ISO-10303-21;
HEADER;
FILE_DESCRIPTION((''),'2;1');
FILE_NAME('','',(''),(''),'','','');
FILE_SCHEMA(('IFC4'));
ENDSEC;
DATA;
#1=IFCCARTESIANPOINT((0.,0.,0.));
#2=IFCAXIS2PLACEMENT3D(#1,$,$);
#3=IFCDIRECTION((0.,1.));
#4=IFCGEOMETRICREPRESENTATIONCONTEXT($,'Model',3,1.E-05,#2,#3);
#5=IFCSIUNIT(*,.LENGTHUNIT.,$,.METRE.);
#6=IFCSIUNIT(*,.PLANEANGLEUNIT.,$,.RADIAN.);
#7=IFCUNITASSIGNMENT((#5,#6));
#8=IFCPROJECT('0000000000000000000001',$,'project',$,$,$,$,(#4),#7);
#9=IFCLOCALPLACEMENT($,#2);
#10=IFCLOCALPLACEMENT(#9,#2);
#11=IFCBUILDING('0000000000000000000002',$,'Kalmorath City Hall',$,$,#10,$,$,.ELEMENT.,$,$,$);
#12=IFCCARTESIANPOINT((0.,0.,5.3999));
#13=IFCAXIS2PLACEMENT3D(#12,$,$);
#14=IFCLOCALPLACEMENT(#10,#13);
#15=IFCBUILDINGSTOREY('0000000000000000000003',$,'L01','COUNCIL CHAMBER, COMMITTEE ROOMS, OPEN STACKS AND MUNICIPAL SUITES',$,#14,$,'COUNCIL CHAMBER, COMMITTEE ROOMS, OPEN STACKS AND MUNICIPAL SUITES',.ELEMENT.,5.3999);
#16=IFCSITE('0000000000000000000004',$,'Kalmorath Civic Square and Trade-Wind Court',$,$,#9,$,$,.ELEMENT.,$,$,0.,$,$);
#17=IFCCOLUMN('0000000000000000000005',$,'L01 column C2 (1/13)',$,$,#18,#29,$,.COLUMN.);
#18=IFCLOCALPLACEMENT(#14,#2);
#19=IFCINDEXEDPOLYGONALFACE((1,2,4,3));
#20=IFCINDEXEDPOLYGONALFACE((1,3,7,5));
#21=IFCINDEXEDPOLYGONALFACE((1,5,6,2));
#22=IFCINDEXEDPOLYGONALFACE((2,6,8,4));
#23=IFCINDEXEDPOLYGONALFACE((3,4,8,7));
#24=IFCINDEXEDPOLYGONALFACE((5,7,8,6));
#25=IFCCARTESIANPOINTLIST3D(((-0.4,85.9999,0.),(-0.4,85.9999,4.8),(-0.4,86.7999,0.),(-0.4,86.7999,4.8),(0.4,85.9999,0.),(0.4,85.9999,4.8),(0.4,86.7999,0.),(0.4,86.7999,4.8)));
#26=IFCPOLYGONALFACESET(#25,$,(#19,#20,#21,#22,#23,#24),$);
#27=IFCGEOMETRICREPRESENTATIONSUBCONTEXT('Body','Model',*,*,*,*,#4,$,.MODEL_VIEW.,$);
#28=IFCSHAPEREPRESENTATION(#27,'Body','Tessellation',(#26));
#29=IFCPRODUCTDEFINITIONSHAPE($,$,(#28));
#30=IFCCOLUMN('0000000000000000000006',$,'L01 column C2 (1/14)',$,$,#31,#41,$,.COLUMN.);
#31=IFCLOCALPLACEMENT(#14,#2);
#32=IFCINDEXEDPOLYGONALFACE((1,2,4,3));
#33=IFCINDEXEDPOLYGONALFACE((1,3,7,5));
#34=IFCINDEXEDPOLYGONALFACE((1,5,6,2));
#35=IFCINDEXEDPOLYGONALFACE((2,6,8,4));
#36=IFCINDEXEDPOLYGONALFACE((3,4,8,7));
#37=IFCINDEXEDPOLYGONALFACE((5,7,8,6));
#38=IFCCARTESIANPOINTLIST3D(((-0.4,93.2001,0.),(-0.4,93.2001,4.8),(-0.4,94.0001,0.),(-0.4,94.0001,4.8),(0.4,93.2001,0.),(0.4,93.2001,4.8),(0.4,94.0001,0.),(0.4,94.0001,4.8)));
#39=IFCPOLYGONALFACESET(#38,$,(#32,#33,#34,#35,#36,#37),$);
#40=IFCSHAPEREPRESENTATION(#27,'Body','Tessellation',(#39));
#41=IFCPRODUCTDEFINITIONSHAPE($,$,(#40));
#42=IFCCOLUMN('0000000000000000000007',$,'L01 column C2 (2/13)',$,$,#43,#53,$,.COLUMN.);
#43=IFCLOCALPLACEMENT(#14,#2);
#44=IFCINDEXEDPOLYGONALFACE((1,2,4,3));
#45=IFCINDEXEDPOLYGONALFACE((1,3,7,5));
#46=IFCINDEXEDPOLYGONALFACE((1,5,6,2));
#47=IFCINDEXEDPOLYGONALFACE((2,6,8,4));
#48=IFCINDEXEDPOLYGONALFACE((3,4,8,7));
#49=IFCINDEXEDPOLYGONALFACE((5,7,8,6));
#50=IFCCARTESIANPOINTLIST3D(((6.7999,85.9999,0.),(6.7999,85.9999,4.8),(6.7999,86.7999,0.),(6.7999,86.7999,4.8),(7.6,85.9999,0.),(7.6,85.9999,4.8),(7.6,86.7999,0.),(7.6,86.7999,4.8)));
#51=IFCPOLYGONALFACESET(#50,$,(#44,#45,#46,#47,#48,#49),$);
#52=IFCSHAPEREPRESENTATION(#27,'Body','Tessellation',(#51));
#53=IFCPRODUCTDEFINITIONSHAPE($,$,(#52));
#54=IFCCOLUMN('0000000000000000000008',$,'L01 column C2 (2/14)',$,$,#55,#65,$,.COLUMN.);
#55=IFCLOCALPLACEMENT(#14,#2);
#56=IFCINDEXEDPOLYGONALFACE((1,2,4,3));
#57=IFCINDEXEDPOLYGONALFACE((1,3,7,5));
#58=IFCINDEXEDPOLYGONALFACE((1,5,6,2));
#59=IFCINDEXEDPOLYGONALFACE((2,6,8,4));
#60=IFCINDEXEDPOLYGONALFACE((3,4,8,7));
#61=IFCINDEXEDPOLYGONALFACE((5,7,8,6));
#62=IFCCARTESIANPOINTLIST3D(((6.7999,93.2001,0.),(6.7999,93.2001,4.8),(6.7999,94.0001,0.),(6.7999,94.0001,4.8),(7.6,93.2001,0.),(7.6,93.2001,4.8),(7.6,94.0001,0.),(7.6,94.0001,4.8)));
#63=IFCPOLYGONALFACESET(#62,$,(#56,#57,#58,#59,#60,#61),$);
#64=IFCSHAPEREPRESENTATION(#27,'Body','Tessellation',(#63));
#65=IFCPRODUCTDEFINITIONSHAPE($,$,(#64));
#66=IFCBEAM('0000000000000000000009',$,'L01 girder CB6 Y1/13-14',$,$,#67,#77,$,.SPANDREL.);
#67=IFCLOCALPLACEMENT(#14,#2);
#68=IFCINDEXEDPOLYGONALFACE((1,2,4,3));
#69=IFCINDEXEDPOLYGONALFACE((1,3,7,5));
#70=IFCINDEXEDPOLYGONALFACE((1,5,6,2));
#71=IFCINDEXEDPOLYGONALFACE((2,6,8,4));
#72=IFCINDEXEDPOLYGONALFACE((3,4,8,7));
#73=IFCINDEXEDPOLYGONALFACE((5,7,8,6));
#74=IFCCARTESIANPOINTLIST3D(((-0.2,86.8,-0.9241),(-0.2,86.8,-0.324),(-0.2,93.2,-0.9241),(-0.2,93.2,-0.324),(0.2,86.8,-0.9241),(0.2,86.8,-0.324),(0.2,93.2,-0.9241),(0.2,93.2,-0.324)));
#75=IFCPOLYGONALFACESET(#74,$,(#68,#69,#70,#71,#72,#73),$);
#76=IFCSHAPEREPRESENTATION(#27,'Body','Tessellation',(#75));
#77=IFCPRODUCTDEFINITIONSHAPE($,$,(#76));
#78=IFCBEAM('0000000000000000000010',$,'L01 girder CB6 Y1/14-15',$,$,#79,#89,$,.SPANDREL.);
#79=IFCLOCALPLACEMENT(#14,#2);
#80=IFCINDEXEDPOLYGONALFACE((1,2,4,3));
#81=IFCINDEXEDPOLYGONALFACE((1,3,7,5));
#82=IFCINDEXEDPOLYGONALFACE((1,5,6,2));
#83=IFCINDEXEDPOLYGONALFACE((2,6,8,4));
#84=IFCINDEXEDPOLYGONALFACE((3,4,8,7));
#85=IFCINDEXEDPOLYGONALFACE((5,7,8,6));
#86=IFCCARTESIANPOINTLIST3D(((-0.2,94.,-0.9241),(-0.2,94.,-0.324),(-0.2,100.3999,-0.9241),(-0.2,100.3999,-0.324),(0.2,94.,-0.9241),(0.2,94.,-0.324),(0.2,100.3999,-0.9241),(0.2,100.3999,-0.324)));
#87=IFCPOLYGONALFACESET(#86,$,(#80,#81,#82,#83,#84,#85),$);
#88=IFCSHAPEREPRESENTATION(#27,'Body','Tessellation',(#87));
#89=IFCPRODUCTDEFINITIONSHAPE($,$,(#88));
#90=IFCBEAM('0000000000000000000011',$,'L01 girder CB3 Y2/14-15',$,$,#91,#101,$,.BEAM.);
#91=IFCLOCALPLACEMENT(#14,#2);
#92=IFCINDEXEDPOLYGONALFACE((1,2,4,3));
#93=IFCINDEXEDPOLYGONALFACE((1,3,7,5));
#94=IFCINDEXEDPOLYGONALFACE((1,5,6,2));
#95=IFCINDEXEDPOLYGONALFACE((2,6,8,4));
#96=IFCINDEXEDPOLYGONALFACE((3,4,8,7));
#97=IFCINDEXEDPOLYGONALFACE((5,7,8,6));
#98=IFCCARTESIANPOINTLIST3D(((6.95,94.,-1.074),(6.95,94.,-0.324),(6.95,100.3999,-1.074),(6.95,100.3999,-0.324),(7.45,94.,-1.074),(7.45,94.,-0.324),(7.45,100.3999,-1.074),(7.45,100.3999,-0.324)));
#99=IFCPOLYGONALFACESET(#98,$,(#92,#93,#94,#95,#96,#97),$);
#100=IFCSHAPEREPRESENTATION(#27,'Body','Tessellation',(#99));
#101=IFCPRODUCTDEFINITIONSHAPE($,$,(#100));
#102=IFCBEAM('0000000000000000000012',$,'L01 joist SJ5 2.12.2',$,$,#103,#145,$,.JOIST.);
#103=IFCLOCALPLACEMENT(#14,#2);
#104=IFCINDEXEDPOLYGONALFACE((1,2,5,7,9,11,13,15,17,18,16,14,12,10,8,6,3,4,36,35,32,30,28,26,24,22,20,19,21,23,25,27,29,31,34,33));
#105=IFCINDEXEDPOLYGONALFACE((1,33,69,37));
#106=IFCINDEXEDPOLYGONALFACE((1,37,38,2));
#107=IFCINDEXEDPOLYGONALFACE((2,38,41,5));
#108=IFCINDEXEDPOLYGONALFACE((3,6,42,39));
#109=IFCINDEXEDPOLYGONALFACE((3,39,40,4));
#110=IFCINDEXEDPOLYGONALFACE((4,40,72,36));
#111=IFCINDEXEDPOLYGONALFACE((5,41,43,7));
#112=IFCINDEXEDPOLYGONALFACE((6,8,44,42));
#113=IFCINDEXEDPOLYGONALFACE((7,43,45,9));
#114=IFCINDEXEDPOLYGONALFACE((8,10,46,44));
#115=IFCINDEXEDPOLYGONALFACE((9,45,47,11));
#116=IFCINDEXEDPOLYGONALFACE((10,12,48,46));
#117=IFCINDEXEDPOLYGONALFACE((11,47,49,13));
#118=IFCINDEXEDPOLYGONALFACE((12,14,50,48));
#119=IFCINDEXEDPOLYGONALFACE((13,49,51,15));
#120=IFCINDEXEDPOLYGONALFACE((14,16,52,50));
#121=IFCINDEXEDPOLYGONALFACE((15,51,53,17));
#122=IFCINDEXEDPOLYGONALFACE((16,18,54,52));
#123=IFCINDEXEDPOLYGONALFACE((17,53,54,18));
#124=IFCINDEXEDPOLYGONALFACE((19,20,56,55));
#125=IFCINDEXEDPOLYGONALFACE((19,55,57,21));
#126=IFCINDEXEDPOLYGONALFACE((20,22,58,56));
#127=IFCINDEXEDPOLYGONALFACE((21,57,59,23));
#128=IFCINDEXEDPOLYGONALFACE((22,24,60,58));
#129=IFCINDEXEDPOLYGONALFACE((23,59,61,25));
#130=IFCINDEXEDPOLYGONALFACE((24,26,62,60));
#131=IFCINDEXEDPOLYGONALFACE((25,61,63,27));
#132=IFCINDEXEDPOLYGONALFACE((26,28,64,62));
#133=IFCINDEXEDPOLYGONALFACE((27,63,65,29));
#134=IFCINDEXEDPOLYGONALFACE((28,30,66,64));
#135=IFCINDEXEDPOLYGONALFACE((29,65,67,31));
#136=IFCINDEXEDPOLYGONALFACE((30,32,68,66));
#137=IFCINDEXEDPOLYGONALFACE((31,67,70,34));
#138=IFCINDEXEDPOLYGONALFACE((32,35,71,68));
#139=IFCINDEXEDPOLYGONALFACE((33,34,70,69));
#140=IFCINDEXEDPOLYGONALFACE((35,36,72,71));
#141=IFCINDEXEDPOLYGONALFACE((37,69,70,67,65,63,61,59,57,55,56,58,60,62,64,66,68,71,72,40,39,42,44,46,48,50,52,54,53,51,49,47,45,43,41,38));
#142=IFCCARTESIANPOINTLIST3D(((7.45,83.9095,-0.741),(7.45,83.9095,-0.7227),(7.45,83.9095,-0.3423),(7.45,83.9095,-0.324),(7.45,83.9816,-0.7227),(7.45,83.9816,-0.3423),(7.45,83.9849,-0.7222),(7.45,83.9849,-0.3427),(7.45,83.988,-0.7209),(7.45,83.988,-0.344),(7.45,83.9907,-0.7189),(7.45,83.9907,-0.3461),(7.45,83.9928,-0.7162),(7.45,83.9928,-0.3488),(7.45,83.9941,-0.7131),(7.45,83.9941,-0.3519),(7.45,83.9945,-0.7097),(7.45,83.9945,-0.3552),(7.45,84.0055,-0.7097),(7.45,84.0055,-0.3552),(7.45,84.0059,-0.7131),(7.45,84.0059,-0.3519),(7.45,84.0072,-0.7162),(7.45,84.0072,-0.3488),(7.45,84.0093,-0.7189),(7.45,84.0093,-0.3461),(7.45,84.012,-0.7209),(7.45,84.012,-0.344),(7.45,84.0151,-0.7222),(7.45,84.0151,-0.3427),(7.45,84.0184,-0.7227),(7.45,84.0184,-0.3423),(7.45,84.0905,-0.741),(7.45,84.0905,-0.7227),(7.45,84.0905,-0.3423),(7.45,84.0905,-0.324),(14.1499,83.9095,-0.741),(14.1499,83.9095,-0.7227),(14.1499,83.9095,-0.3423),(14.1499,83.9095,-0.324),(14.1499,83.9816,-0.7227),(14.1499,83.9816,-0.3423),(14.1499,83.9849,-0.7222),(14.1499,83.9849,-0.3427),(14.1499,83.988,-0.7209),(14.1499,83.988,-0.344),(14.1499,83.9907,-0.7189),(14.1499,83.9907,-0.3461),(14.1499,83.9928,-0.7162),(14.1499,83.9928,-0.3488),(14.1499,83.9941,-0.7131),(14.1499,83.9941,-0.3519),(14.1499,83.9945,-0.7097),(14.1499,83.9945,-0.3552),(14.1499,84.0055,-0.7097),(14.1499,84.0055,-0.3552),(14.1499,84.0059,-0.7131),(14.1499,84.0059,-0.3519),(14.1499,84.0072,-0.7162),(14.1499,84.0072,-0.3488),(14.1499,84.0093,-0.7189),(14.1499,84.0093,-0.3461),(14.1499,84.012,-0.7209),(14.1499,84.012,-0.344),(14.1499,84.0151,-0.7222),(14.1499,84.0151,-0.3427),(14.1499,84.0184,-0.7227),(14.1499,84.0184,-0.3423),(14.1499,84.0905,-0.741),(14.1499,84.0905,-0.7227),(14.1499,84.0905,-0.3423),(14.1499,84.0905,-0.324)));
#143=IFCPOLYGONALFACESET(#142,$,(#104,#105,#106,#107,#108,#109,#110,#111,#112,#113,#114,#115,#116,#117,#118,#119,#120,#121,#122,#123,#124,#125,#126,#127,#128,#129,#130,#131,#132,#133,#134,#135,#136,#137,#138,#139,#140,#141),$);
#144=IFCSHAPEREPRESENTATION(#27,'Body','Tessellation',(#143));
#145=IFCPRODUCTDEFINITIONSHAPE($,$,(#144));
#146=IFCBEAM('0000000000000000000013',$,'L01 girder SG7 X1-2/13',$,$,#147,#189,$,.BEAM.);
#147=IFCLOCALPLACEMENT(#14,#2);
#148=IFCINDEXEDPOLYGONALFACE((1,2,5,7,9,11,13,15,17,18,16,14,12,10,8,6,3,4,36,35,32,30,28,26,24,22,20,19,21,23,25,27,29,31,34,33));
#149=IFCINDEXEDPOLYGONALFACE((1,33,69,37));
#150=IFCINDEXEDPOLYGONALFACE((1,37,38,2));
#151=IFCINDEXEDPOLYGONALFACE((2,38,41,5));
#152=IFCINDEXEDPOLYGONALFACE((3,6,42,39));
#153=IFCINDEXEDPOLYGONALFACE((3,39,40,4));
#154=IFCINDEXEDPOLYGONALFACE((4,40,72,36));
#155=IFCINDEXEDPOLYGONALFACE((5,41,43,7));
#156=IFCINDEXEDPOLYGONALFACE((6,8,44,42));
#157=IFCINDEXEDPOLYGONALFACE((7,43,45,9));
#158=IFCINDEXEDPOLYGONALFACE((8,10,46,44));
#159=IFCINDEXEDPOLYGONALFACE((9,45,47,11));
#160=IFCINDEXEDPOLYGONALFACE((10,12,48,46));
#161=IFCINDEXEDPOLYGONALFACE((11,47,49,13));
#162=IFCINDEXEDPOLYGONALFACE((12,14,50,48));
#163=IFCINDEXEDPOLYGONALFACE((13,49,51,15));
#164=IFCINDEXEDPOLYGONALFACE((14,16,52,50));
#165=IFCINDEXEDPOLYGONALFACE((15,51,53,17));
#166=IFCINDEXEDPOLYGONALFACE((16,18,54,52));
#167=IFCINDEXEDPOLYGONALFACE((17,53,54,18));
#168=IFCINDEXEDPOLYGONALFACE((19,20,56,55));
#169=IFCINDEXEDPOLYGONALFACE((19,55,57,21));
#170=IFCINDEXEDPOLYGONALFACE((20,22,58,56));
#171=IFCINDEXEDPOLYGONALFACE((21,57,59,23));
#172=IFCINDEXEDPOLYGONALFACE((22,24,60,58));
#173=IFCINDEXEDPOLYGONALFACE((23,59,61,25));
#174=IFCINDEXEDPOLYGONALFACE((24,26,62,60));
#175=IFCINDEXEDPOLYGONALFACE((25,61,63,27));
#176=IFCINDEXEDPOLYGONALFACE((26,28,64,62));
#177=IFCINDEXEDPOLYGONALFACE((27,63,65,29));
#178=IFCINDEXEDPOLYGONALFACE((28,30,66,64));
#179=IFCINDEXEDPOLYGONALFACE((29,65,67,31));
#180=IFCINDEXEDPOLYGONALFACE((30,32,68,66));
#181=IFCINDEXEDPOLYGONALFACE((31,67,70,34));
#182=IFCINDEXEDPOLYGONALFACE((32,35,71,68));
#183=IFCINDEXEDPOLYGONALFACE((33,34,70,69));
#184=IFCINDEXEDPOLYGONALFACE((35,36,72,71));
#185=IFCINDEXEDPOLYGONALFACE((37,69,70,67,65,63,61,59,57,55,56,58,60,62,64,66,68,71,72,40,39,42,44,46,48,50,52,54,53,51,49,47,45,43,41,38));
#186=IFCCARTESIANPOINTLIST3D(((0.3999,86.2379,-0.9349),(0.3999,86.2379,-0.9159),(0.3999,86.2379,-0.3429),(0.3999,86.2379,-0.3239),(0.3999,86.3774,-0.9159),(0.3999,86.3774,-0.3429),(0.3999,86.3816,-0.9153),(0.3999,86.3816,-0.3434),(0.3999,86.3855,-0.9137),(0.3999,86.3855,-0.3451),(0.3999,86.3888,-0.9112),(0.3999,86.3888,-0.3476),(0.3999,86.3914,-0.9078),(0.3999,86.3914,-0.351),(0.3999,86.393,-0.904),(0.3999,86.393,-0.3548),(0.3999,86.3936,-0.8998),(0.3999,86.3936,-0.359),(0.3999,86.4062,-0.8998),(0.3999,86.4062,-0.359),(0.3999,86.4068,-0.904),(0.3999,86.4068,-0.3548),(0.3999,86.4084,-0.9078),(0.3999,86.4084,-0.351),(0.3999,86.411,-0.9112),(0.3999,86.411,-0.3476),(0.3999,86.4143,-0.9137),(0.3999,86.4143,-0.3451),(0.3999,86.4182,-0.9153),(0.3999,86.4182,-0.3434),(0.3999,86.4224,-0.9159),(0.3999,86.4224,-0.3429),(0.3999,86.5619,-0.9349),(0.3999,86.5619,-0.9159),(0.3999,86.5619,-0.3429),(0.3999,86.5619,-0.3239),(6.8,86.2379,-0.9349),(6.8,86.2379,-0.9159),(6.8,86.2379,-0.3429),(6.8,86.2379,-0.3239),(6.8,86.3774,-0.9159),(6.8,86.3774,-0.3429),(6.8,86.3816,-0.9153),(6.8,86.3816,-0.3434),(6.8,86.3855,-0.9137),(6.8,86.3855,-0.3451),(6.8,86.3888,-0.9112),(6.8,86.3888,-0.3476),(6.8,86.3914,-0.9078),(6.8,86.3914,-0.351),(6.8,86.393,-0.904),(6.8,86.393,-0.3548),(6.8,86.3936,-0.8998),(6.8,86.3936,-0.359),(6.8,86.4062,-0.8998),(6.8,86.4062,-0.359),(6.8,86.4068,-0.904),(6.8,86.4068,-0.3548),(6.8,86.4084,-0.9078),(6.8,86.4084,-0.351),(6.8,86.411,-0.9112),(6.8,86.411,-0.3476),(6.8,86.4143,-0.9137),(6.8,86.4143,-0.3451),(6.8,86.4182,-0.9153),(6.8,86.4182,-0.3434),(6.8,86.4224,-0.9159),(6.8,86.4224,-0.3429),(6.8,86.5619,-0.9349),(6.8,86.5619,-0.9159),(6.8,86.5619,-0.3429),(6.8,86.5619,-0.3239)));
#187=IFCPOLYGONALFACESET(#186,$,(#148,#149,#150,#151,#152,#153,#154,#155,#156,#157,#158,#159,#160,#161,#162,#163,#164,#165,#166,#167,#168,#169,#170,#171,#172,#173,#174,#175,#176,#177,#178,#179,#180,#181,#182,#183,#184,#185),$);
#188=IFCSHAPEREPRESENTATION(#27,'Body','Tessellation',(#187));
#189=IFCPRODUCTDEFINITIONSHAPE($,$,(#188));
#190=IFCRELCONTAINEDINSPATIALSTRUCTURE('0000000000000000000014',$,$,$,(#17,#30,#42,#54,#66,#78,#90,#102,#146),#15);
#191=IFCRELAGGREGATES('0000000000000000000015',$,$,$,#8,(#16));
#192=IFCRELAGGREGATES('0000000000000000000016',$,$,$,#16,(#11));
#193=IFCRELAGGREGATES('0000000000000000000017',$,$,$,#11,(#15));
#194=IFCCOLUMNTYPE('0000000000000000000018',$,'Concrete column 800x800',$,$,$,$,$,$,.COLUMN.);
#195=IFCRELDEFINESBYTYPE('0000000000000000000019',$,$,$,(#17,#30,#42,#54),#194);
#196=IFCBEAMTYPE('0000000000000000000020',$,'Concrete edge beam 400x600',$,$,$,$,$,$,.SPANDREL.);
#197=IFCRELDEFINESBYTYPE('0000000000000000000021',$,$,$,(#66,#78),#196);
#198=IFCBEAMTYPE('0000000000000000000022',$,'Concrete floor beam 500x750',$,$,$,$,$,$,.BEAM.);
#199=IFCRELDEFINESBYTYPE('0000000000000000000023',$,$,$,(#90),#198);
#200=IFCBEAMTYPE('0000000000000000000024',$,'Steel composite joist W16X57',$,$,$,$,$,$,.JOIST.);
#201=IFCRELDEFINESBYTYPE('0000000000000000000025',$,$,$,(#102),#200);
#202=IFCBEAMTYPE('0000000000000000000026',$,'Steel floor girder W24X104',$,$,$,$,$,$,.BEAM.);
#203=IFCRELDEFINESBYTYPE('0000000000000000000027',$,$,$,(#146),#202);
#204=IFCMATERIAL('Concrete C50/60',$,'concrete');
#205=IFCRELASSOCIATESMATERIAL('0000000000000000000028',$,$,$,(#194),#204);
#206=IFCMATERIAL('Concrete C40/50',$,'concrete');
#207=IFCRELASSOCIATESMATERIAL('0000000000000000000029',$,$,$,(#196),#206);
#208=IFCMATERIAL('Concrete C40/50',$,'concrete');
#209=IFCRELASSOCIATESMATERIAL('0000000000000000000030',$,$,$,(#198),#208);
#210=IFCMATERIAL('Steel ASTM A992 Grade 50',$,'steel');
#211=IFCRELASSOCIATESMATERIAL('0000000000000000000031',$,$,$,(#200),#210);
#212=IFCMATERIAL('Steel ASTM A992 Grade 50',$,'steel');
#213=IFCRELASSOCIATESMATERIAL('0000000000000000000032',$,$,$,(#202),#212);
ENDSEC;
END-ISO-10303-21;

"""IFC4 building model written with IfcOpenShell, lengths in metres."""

from ifc_helpers import new_model, si_unit, direction, frame, origin, origin_2d, place, context, subcontext, project, spatial, rectangle, i_section, extrude, material, material_profile, profile_set, type_object, element, save


model = new_model("IFC4")

# Units and contexts
model_context = context("Model", 3, precision=1e-05, world=origin(), true_north=direction((0.0, 1.0)))
body_context = subcontext(model_context, "Body", "Model", "MODEL_VIEW")
ifc_project = project(units=[si_unit("LENGTHUNIT", "METRE"), si_unit("PLANEANGLEUNIT", "RADIAN")], contexts=[model_context])

# Site, building, storey
site_placement = place(None, origin())
site = spatial("IfcSite", under=ifc_project, at=site_placement, Name="Kalmorath Civic Square and Trade-Wind Court", CompositionType="ELEMENT", RefElevation=0.0)
building_placement = place(site_placement, origin())
building = spatial("IfcBuilding", under=site, at=building_placement, Name="Kalmorath City Hall", CompositionType="ELEMENT")
storey_placement = place(building_placement, frame((0.0, 0.0, 5.3999)))
storey = spatial("IfcBuildingStorey", under=building, at=storey_placement, Name="L01", Description="COUNCIL CHAMBER, COMMITTEE ROOMS, OPEN STACKS AND MUNICIPAL SUITES", LongName="COUNCIL CHAMBER, COMMITTEE ROOMS, OPEN STACKS AND MUNICIPAL SUITES", CompositionType="ELEMENT", Elevation=5.3999)

# Columns
ifc_material_1 = material(Name="Concrete C50/60", Category="concrete")
ifc_material_profile_1 = material_profile(ifc_material_1, rectangle(XDim=0.8, YDim=0.8, at=origin_2d()), Name="RC-COL-800X800")
ifc_profile_set_1 = profile_set([ifc_material_profile_1], Name="Concrete C50/60")
column_type = type_object("IfcColumnType", Name="Concrete column 800x800", PredefinedType="COLUMN", material=ifc_profile_set_1)
for number, where, z_axis, x_axis, name in (
    (1, (0.0, 86.3999, 0.0), (0.0, 0.0, 1.0), (1.0, 0.0, 0.0), "L01 column C2 (1/13)"),
    (2, (0.0, 93.6001, 0.0), (0.0, 0.0, 1.0), (1.0, 0.0, 0.0), "L01 column C2 (1/14)"),
    (3, (7.2, 86.3999, 0.0), (0.0, 0.0, 1.0), (1.0, 0.0, 0.0), "L01 column C2 (2/13)"),
    (4, (7.2, 93.6001, 0.0), (0.0, 0.0, 1.0), (1.0, 0.0, 0.0), "L01 column C2 (2/14)"),
):
    element("IfcColumn", number, at=place(storey_placement, frame(where, z_axis=z_axis, x_axis=x_axis)), inside=storey, type_object=column_type, Name=name, PredefinedType="COLUMN", context=body_context, shape_type="SweptSolid", body=[
        extrude(rectangle(XDim=0.8, YDim=0.8, at=origin_2d()), origin(), (0.0, 0.0, 1.0), 4.8),
    ])

# Beams
ifc_material_2 = material(Name="Concrete C40/50", Category="concrete")
ifc_material_profile_2 = material_profile(ifc_material_2, rectangle(XDim=0.3999, YDim=0.6001, at=origin_2d()), Name="RC-BM-400X600")
ifc_profile_set_2 = profile_set([ifc_material_profile_2], Name="Concrete C40/50")
beam_type_1 = type_object("IfcBeamType", Name="Concrete edge beam 400x600", PredefinedType="SPANDREL", material=ifc_profile_set_2)
for number, where, z_axis, x_axis, name in (
    (5, (0.0, 86.8, -0.624), (0.0, 1.0, 0.0), (-1.0, 0.0, 0.0), "L01 girder CB6 Y1/13-14"),
    (6, (0.0, 94.0, -0.624), (0.0, 1.0, 0.0), (-1.0, 0.0, 0.0), "L01 girder CB6 Y1/14-15"),
):
    element("IfcBeam", number, at=place(storey_placement, frame(where, z_axis=z_axis, x_axis=x_axis)), inside=storey, type_object=beam_type_1, Name=name, PredefinedType="SPANDREL", context=body_context, shape_type="SweptSolid", body=[
        extrude(rectangle(XDim=0.3999, YDim=0.6001, at=origin_2d()), origin(), (0.0, 0.0, 1.0), 6.3999),
    ])
ifc_material_3 = material(Name="Concrete C40/50", Category="concrete")
ifc_material_profile_3 = material_profile(ifc_material_3, rectangle(XDim=0.5, YDim=0.75, at=origin_2d()), Name="RC-BM-500X750")
ifc_profile_set_3 = profile_set([ifc_material_profile_3], Name="Concrete C40/50")
beam_type_2 = type_object("IfcBeamType", Name="Concrete floor beam 500x750", PredefinedType="BEAM", material=ifc_profile_set_3)
beam_1_placement = place(storey_placement, frame((7.2, 94.0, -0.699), z_axis=(0.0, 1.0, 0.0), x_axis=(-1.0, 0.0, 0.0)))
element("IfcBeam", 7, at=beam_1_placement, inside=storey, type_object=beam_type_2, Name="L01 girder CB3 Y2/14-15", PredefinedType="BEAM", context=body_context, shape_type="SweptSolid", body=[
    extrude(rectangle(XDim=0.5, YDim=0.75, at=origin_2d()), origin(), (0.0, 0.0, 1.0), 6.3999),
])
ifc_material_4 = material(Name="Steel ASTM A992 Grade 50", Category="steel")
ifc_material_profile_4 = material_profile(ifc_material_4, i_section(OverallWidth=0.1809, OverallDepth=0.417, WebThickness=0.011, FlangeThickness=0.0183, FilletRadius=0.0129, at=origin_2d()), Name="W16X57")
ifc_profile_set_4 = profile_set([ifc_material_profile_4], Name="Steel ASTM A992 Grade 50")
beam_type_3 = type_object("IfcBeamType", Name="Steel composite joist W16X57", PredefinedType="JOIST", material=ifc_profile_set_4)
beam_2_placement = place(storey_placement, frame((7.45, 84.0, -0.5325), z_axis=(1.0, 0.0, 0.0), x_axis=(0.0, 1.0, 0.0)))
element("IfcBeam", 8, at=beam_2_placement, inside=storey, type_object=beam_type_3, Name="L01 joist SJ5 2.12.2", PredefinedType="JOIST", context=body_context, shape_type="SweptSolid", body=[
    extrude(i_section(OverallWidth=0.1809, OverallDepth=0.417, WebThickness=0.011, FlangeThickness=0.0183, FilletRadius=0.0129, at=origin_2d()), origin(), (0.0, 0.0, 1.0), 6.7),
])
ifc_material_5 = material(Name="Steel ASTM A992 Grade 50", Category="steel")
ifc_material_profile_5 = material_profile(ifc_material_5, i_section(OverallWidth=0.324, OverallDepth=0.6111, WebThickness=0.0127, FlangeThickness=0.019, FilletRadius=0.0161, at=origin_2d()), Name="W24X104")
ifc_profile_set_5 = profile_set([ifc_material_profile_5], Name="Steel ASTM A992 Grade 50")
beam_type_4 = type_object("IfcBeamType", Name="Steel floor girder W24X104", PredefinedType="BEAM", material=ifc_profile_set_5)
beam_3_placement = place(storey_placement, frame((0.3999, 86.3999, -0.6294), z_axis=(1.0, 0.0, 0.0), x_axis=(0.0, 1.0, 0.0)))
element("IfcBeam", 9, at=beam_3_placement, inside=storey, type_object=beam_type_4, Name="L01 girder SG7 X1-2/13", PredefinedType="BEAM", context=body_context, shape_type="SweptSolid", body=[
    extrude(i_section(OverallWidth=0.324, OverallDepth=0.6111, WebThickness=0.0127, FlangeThickness=0.019, FilletRadius=0.0161, at=origin_2d()), origin(), (0.0, 0.0, 1.0), 6.4001),
])

save(model, "model.ifc")
